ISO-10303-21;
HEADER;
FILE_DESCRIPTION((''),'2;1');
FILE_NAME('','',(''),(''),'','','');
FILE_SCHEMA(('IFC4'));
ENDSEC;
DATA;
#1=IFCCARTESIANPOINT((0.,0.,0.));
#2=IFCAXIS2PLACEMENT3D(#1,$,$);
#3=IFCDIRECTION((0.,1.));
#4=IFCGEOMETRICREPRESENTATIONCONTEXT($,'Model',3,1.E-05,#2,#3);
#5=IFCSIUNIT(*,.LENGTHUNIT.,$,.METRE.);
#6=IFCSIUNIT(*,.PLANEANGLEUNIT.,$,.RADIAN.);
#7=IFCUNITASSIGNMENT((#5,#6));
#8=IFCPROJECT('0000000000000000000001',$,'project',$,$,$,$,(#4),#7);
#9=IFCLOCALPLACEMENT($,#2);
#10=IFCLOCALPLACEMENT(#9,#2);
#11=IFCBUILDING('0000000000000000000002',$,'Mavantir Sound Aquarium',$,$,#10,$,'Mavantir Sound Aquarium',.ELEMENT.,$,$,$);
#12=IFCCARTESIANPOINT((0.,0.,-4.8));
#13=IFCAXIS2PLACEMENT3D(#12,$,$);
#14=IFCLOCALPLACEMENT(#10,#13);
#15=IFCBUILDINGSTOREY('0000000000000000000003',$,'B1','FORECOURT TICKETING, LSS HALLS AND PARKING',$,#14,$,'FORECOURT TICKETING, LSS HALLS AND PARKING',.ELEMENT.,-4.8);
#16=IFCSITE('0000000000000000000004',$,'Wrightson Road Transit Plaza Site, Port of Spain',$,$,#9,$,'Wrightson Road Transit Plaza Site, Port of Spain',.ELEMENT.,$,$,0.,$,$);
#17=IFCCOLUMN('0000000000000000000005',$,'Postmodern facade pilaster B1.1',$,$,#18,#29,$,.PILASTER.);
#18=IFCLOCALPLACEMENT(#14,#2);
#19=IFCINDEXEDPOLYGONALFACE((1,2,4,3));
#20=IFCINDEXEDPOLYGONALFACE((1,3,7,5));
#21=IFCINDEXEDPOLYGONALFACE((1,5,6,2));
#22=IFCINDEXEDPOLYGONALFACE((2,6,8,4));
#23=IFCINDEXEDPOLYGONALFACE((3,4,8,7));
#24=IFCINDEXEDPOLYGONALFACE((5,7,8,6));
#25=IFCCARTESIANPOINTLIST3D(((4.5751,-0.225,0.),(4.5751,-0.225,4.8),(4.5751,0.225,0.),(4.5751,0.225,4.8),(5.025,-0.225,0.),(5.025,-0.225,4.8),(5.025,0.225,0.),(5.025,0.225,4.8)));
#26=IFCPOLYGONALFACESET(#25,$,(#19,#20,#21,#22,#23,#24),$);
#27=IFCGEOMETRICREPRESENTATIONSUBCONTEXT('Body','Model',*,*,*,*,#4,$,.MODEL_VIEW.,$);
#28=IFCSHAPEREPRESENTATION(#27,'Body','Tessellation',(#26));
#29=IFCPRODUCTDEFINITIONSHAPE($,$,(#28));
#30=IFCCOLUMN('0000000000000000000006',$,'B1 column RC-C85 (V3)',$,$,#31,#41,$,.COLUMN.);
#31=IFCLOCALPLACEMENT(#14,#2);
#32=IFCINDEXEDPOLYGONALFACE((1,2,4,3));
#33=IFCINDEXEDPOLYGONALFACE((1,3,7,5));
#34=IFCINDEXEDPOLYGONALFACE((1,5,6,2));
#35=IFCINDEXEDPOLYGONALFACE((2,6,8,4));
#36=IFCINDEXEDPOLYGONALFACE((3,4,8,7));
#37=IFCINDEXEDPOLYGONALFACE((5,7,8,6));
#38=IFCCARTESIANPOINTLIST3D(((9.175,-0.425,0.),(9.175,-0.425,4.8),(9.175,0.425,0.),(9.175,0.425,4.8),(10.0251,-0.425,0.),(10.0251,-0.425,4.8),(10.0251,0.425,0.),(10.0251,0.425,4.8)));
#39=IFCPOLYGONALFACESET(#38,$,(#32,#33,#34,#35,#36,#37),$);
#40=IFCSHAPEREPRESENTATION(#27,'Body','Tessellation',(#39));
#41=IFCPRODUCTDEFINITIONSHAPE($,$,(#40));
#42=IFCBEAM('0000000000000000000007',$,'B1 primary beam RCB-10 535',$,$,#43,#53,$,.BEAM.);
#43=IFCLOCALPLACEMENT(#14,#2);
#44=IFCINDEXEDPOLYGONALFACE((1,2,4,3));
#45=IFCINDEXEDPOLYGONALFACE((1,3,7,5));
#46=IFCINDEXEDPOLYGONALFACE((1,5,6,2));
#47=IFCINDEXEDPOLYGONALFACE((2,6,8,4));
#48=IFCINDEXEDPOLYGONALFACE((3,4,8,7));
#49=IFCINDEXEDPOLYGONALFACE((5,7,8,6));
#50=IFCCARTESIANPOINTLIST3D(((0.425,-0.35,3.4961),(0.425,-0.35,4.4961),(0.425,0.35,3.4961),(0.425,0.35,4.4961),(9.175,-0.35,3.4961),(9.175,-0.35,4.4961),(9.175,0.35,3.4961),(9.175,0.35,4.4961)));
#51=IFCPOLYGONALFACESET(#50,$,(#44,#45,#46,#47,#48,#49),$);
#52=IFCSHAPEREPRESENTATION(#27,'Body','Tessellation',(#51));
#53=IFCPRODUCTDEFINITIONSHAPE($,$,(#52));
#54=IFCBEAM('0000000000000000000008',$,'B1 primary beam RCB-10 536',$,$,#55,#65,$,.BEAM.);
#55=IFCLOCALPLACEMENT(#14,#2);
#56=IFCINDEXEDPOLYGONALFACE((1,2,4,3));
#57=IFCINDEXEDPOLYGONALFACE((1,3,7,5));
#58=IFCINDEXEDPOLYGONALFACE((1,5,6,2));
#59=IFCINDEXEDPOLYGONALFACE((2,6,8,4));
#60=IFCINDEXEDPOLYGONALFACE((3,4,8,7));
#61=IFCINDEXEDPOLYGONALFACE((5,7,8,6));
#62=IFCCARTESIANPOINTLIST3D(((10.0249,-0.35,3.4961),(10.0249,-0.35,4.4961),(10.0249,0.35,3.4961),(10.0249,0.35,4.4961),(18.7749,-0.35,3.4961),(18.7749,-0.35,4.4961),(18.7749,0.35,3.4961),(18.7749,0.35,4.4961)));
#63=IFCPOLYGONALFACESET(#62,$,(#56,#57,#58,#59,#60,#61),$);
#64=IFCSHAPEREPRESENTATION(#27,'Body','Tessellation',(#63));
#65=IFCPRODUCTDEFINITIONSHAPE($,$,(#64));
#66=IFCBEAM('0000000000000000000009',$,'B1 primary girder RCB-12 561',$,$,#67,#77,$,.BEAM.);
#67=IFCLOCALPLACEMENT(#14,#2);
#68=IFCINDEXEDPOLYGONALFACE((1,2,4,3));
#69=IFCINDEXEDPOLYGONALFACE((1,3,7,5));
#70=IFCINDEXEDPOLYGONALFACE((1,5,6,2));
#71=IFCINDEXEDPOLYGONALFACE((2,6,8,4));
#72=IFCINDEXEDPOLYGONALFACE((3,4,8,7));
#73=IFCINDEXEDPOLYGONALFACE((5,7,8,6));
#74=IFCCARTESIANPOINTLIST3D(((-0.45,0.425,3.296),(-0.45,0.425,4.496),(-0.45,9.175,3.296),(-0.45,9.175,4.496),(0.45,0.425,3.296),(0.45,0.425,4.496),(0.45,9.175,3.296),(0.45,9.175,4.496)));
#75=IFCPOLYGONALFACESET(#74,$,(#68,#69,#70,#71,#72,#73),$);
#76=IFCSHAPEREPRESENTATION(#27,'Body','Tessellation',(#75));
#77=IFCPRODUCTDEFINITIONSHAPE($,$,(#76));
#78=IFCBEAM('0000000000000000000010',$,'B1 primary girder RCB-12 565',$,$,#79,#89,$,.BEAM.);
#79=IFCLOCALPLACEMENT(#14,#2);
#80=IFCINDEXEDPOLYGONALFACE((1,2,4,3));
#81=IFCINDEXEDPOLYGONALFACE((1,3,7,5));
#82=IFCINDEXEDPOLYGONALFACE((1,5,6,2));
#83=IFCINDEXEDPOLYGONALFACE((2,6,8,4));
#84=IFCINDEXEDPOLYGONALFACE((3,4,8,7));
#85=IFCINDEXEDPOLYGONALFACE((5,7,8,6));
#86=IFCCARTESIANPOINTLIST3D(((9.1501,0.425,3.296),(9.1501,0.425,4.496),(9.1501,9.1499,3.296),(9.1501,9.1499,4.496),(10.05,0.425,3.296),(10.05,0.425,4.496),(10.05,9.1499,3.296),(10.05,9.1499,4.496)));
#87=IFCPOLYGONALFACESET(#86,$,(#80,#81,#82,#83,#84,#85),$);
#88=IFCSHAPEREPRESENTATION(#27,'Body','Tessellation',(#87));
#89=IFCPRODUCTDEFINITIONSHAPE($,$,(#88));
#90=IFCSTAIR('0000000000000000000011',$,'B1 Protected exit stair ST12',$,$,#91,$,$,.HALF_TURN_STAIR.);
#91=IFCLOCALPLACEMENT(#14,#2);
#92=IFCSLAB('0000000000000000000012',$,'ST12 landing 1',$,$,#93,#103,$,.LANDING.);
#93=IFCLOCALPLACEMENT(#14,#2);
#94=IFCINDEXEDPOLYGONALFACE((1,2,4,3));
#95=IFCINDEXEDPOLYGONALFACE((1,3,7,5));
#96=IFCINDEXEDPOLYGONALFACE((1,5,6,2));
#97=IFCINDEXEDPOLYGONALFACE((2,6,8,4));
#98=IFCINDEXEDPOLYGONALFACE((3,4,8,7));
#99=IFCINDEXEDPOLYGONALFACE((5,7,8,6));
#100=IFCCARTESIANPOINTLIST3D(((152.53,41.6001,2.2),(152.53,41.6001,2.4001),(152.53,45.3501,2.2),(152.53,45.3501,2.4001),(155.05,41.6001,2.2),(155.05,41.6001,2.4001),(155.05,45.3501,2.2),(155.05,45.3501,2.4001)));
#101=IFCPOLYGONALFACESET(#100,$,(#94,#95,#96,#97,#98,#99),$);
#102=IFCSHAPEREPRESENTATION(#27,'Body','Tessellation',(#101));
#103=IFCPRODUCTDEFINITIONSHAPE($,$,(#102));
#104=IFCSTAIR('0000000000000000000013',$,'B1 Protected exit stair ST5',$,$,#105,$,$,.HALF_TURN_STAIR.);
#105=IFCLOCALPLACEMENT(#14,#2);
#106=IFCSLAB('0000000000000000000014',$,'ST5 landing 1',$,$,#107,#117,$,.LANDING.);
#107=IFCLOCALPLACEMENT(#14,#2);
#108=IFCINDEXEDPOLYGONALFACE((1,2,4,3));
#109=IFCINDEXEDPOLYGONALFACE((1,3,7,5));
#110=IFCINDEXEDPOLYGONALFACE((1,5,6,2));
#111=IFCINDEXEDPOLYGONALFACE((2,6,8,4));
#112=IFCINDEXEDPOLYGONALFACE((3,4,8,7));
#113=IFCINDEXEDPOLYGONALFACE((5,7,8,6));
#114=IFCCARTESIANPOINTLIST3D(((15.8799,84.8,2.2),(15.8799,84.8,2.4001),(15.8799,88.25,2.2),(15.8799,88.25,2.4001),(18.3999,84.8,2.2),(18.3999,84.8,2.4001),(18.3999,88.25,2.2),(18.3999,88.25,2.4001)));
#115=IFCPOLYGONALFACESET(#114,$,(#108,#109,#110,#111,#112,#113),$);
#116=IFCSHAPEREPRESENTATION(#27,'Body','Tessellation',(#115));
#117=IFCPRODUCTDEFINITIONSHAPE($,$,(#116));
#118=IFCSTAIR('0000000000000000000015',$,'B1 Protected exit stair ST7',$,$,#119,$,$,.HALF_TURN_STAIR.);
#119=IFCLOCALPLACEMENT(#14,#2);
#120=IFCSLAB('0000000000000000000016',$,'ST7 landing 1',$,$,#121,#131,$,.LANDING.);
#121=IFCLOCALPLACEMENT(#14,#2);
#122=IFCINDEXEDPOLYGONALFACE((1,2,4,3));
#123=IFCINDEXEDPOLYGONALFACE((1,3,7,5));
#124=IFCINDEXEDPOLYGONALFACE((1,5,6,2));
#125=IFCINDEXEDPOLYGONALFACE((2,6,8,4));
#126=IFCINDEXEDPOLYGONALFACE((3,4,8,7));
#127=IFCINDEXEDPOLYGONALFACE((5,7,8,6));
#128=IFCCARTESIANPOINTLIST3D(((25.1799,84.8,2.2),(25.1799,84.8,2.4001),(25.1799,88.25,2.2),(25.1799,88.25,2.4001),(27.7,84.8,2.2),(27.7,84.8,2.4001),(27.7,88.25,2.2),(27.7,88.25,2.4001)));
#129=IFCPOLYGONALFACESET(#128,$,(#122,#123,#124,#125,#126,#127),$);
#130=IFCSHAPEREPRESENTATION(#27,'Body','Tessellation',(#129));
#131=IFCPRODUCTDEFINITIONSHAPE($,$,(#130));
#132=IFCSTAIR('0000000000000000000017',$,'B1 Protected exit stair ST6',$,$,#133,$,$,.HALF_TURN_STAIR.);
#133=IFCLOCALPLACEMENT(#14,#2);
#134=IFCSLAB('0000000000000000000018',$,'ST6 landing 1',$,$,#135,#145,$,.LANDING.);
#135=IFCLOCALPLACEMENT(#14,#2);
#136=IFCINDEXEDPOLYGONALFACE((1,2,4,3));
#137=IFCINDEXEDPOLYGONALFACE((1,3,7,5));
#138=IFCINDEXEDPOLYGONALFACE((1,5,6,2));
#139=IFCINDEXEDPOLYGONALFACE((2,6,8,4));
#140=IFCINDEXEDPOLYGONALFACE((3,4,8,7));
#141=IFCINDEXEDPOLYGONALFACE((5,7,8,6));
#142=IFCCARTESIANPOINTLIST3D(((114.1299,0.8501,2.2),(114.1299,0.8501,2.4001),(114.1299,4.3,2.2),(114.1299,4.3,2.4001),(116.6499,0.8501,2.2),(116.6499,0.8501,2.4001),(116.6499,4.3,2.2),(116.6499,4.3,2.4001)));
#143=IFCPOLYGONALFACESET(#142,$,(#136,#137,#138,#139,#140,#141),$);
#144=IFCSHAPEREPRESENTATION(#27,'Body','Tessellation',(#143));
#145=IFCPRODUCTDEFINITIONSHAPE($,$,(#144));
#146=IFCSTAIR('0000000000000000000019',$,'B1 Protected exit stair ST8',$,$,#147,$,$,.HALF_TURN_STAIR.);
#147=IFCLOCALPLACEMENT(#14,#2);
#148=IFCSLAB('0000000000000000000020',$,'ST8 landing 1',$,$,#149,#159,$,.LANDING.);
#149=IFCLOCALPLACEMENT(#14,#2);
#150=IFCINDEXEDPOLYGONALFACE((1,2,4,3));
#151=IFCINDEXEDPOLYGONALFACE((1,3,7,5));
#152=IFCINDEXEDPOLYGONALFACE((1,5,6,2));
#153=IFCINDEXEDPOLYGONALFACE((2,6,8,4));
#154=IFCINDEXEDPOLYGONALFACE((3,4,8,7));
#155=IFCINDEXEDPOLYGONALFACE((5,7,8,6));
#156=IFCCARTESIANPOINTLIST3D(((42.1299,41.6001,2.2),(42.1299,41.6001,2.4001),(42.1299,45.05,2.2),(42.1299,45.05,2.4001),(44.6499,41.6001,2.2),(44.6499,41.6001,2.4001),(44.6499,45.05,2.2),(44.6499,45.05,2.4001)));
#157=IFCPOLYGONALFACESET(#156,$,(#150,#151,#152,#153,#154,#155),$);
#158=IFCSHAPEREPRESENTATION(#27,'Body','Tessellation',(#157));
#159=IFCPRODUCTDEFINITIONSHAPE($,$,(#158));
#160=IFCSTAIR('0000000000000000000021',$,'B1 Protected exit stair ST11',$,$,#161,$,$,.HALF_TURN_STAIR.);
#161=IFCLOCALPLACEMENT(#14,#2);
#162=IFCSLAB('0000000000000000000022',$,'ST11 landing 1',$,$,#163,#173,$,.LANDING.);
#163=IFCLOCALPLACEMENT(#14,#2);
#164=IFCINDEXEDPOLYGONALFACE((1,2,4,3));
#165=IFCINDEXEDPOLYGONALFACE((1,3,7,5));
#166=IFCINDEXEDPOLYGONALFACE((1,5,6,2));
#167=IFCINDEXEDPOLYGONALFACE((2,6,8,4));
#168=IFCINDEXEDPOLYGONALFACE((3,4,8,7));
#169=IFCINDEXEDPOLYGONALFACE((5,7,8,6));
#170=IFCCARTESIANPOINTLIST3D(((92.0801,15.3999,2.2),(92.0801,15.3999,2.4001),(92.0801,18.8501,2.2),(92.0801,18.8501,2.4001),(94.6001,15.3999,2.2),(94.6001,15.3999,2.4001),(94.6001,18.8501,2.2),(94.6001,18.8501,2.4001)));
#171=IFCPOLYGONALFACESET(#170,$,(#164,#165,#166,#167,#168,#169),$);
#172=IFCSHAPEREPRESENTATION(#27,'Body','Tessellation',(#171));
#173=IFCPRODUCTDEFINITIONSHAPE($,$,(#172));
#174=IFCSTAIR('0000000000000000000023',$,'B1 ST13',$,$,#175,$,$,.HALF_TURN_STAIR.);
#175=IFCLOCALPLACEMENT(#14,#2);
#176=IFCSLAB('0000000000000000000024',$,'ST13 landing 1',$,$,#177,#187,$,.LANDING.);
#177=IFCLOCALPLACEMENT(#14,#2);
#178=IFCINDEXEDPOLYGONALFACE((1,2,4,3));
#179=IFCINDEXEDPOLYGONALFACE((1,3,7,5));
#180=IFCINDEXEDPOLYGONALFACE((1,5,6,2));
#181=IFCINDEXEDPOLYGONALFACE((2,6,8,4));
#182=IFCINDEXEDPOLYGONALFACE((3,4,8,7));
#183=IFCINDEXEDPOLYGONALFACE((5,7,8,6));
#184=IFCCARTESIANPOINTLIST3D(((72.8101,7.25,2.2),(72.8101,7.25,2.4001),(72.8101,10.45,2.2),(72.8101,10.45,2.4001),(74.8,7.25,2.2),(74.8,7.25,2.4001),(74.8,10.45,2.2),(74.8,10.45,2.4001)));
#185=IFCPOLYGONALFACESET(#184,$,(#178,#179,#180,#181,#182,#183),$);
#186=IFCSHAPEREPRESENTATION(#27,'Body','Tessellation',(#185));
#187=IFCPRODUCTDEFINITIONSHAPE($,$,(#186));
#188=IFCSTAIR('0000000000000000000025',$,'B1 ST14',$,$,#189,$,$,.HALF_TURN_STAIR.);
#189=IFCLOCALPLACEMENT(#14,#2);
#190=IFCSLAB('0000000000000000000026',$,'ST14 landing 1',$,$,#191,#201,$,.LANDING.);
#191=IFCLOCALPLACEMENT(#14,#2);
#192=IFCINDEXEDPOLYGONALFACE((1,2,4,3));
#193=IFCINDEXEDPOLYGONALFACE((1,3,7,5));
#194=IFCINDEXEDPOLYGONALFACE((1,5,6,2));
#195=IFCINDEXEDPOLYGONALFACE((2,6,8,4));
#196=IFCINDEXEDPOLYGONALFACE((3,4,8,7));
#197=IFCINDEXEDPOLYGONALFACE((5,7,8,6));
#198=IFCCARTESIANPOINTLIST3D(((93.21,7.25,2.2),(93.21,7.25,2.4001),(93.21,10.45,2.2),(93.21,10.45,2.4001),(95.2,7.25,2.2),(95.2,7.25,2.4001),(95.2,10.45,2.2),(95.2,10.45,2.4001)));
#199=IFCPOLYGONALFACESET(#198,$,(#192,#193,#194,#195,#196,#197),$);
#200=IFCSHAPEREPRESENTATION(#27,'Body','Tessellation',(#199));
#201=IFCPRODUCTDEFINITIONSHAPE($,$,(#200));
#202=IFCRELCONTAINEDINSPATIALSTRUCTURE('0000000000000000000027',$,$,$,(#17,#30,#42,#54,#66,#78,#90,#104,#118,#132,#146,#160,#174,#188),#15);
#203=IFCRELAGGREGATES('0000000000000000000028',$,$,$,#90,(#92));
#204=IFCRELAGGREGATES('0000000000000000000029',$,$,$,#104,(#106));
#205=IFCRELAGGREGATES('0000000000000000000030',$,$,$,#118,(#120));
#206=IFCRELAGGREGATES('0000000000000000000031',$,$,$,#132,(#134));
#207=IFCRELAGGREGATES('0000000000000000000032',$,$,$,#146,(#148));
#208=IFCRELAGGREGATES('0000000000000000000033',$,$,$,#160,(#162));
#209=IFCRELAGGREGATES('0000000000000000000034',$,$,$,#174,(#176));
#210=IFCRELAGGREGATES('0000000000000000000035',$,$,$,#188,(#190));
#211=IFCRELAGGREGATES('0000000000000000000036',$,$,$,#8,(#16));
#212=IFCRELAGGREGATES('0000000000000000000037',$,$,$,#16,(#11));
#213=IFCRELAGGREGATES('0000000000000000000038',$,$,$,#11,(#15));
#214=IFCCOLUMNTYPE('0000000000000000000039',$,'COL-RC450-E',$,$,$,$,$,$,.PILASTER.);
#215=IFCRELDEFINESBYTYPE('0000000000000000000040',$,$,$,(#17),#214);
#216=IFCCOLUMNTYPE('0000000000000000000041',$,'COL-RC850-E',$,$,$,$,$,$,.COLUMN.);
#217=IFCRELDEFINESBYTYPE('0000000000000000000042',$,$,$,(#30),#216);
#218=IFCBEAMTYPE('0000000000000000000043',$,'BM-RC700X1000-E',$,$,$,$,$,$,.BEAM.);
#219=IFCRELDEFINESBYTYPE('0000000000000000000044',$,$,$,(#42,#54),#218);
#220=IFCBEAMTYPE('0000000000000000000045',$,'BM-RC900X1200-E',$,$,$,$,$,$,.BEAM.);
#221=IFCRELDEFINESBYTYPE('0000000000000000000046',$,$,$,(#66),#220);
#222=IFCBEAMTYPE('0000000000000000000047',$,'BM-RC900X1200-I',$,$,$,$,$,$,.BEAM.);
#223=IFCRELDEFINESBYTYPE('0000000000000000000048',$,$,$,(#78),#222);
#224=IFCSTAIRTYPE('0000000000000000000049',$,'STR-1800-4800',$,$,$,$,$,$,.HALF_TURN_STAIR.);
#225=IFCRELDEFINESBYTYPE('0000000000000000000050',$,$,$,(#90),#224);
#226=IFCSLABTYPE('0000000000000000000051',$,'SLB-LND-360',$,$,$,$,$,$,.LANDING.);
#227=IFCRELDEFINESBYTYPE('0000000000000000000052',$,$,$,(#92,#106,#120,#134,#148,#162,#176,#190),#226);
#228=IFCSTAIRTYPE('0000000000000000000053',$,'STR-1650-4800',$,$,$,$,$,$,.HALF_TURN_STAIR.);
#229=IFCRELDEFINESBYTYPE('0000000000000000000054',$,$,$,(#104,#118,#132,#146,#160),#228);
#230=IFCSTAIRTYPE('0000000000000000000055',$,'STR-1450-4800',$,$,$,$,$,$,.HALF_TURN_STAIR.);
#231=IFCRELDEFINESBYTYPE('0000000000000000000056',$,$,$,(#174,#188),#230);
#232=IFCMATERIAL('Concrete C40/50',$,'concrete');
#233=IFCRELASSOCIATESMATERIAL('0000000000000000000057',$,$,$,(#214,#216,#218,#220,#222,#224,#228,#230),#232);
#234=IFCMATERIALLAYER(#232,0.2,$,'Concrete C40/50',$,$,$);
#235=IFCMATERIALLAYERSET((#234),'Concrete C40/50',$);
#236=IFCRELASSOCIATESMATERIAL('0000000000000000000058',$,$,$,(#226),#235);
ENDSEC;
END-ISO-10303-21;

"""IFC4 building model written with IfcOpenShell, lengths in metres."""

from ifc_helpers import new_model, si_unit, direction, frame, origin, origin_2d, place, context, subcontext, project, spatial, polyline, rectangle, outline, extrude, material, layer, layer_set, material_profile, profile_set, type_object, element, aggregate, save


model = new_model("IFC4")

# Units and contexts
model_context = context("Model", 3, precision=1e-05, world=origin(), true_north=direction((0.0, 1.0)))
body_context = subcontext(model_context, "Body", "Model", "MODEL_VIEW")
ifc_project = project(units=[si_unit("LENGTHUNIT", "METRE"), si_unit("PLANEANGLEUNIT", "RADIAN")], contexts=[model_context])

# Site, building, storey
site_placement = place(None, origin())
site = spatial("IfcSite", under=ifc_project, at=site_placement, Name="Wrightson Road Transit Plaza Site, Port of Spain", LongName="Wrightson Road Transit Plaza Site, Port of Spain", CompositionType="ELEMENT", RefElevation=0.0)
building_placement = place(site_placement, origin())
building = spatial("IfcBuilding", under=site, at=building_placement, Name="Mavantir Sound Aquarium", LongName="Mavantir Sound Aquarium", CompositionType="ELEMENT")
storey_placement = place(building_placement, frame((0.0, 0.0, -4.8)))
storey = spatial("IfcBuildingStorey", under=building, at=storey_placement, Name="B1", Description="FORECOURT TICKETING, LSS HALLS AND PARKING", LongName="FORECOURT TICKETING, LSS HALLS AND PARKING", CompositionType="ELEMENT", Elevation=-4.8)

# Columns
ifc_material_1 = material(Name="Concrete C40/50", Category="concrete")
ifc_material_profile_1 = material_profile(ifc_material_1, rectangle(XDim=0.45, YDim=0.45, at=origin_2d()), Name="RC 450X450")
ifc_profile_set_1 = profile_set([ifc_material_profile_1], Name="Concrete C40/50")
column_type_1 = type_object("IfcColumnType", Name="COL-RC450-E", PredefinedType="PILASTER", material=ifc_profile_set_1)
column_1_placement = place(storey_placement, frame((4.8, 0.0, 0.0), z_axis=(0.0, 0.0, 1.0), x_axis=(1.0, 0.0, 0.0)))
element("IfcColumn", 1, at=column_1_placement, inside=storey, type_object=column_type_1, Name="Postmodern facade pilaster B1.1", PredefinedType="PILASTER", context=body_context, shape_type="SweptSolid", body=[
    extrude(rectangle(XDim=0.45, YDim=0.45, at=origin_2d()), origin(), (0.0, 0.0, 1.0), 4.8),
])
ifc_material_profile_2 = material_profile(ifc_material_1, rectangle(XDim=0.8501, YDim=0.8501, at=origin_2d()), Name="RC 850X850")
ifc_profile_set_2 = profile_set([ifc_material_profile_2], Name="Concrete C40/50")
column_type_2 = type_object("IfcColumnType", Name="COL-RC850-E", PredefinedType="COLUMN", material=ifc_profile_set_2)
column_2_placement = place(storey_placement, frame((9.6001, 0.0, 0.0), z_axis=(0.0, 0.0, 1.0), x_axis=(1.0, 0.0, 0.0)))
element("IfcColumn", 2, at=column_2_placement, inside=storey, type_object=column_type_2, Name="B1 column RC-C85 (V3)", PredefinedType="COLUMN", context=body_context, shape_type="SweptSolid", body=[
    extrude(rectangle(XDim=0.8501, YDim=0.8501, at=origin_2d()), origin(), (0.0, 0.0, 1.0), 4.8),
])

# Beams
ifc_material_profile_3 = material_profile(ifc_material_1, rectangle(XDim=0.7, YDim=1.0, at=origin_2d()), Name="RC 700X1000")
ifc_profile_set_3 = profile_set([ifc_material_profile_3], Name="Concrete C40/50")
beam_type_1 = type_object("IfcBeamType", Name="BM-RC700X1000-E", PredefinedType="BEAM", material=ifc_profile_set_3)
for number, where, z_axis, x_axis, name in (
    (3, (0.425, 0.0, 3.9961), (1.0, 0.0, 0.0), (0.0, 1.0, 0.0), "B1 primary beam RCB-10 535"),
    (4, (10.0249, 0.0, 3.9961), (1.0, 0.0, 0.0), (0.0, 1.0, 0.0), "B1 primary beam RCB-10 536"),
):
    element("IfcBeam", number, at=place(storey_placement, frame(where, z_axis=z_axis, x_axis=x_axis)), inside=storey, type_object=beam_type_1, Name=name, PredefinedType="BEAM", context=body_context, shape_type="SweptSolid", body=[
        extrude(rectangle(XDim=0.7, YDim=1.0, at=origin_2d()), origin(), (0.0, 0.0, 1.0), 8.75),
    ])
ifc_material_profile_4 = material_profile(ifc_material_1, rectangle(XDim=0.8999, YDim=1.2, at=origin_2d()), Name="RC 900X1200")
ifc_profile_set_4 = profile_set([ifc_material_profile_4], Name="Concrete C40/50")
beam_type_2 = type_object("IfcBeamType", Name="BM-RC900X1200-E", PredefinedType="BEAM", material=ifc_profile_set_4)
beam_1_placement = place(storey_placement, frame((0.0, 0.425, 3.896), z_axis=(0.0, 1.0, 0.0), x_axis=(-1.0, 0.0, 0.0)))
element("IfcBeam", 5, at=beam_1_placement, inside=storey, type_object=beam_type_2, Name="B1 primary girder RCB-12 561", PredefinedType="BEAM", context=body_context, shape_type="SweptSolid", body=[
    extrude(rectangle(XDim=0.8999, YDim=1.2, at=origin_2d()), origin(), (0.0, 0.0, 1.0), 8.75),
])
ifc_material_profile_5 = material_profile(ifc_material_1, rectangle(XDim=0.8999, YDim=1.2, at=origin_2d()), Name="RC 900X1200")
ifc_profile_set_5 = profile_set([ifc_material_profile_5], Name="Concrete C40/50")
beam_type_3 = type_object("IfcBeamType", Name="BM-RC900X1200-I", PredefinedType="BEAM", material=ifc_profile_set_5)
beam_2_placement = place(storey_placement, frame((9.6001, 0.425, 3.896), z_axis=(0.0, 1.0, 0.0), x_axis=(-1.0, 0.0, 0.0)))
element("IfcBeam", 6, at=beam_2_placement, inside=storey, type_object=beam_type_3, Name="B1 primary girder RCB-12 565", PredefinedType="BEAM", context=body_context, shape_type="SweptSolid", body=[
    extrude(rectangle(XDim=0.8999, YDim=1.2, at=origin_2d()), origin(), (0.0, 0.0, 1.0), 8.7249),
])

# Stairs, slabs
stair_type_1 = type_object("IfcStairType", Name="STR-1800-4800", PredefinedType="HALF_TURN_STAIR", material=ifc_material_1)
stair_1_placement = place(storey_placement, origin())
stair_1 = element("IfcStair", 7, at=stair_1_placement, inside=storey, type_object=stair_type_1, Name="B1 Protected exit stair ST12", PredefinedType="HALF_TURN_STAIR")
ifc_layer_1 = layer(ifc_material_1, 0.2, Name="Concrete C40/50")
ifc_layer_set_1 = layer_set([ifc_layer_1], Name="Concrete C40/50")
slab_type = type_object("IfcSlabType", Name="SLB-LND-360", PredefinedType="LANDING", material=ifc_layer_set_1)
slab_1_placement = place(storey_placement, frame((0.0, 0.0, 2.2)))
slab_1 = element("IfcSlab", 8, at=slab_1_placement, type_object=slab_type, Name="ST12 landing 1", PredefinedType="LANDING", context=body_context, shape_type="SweptSolid", body=[
    extrude(outline(polyline([(152.53, 41.6001), (155.05, 41.6001), (155.05, 45.3501), (152.53, 45.3501), (152.53, 41.6001)])), origin(), (0.0, 0.0, 1.0), 0.2002),
])
aggregate(stair_1, [slab_1])
stair_type_2 = type_object("IfcStairType", Name="STR-1650-4800", PredefinedType="HALF_TURN_STAIR", material=ifc_material_1)
stair_2_placement = place(storey_placement, origin())
stair_2 = element("IfcStair", 9, at=stair_2_placement, inside=storey, type_object=stair_type_2, Name="B1 Protected exit stair ST5", PredefinedType="HALF_TURN_STAIR")
slab_2_placement = place(storey_placement, frame((0.0, 0.0, 2.2)))
slab_2 = element("IfcSlab", 10, at=slab_2_placement, type_object=slab_type, Name="ST5 landing 1", PredefinedType="LANDING", context=body_context, shape_type="SweptSolid", body=[
    extrude(outline(polyline([(15.8799, 84.8), (18.3999, 84.8), (18.3999, 88.25), (15.8799, 88.25), (15.8799, 84.8)])), origin(), (0.0, 0.0, 1.0), 0.2002),
])
aggregate(stair_2, [slab_2])
stair_3_placement = place(storey_placement, origin())
stair_3 = element("IfcStair", 11, at=stair_3_placement, inside=storey, type_object=stair_type_2, Name="B1 Protected exit stair ST7", PredefinedType="HALF_TURN_STAIR")
slab_3_placement = place(storey_placement, frame((0.0, 0.0, 2.2)))
slab_3 = element("IfcSlab", 12, at=slab_3_placement, type_object=slab_type, Name="ST7 landing 1", PredefinedType="LANDING", context=body_context, shape_type="SweptSolid", body=[
    extrude(outline(polyline([(25.1799, 84.8), (27.7, 84.8), (27.7, 88.25), (25.1799, 88.25), (25.1799, 84.8)])), origin(), (0.0, 0.0, 1.0), 0.2002),
])
aggregate(stair_3, [slab_3])
stair_4_placement = place(storey_placement, origin())
stair_4 = element("IfcStair", 13, at=stair_4_placement, inside=storey, type_object=stair_type_2, Name="B1 Protected exit stair ST6", PredefinedType="HALF_TURN_STAIR")
slab_4_placement = place(storey_placement, frame((0.0, 0.0, 2.2)))
slab_4 = element("IfcSlab", 14, at=slab_4_placement, type_object=slab_type, Name="ST6 landing 1", PredefinedType="LANDING", context=body_context, shape_type="SweptSolid", body=[
    extrude(outline(polyline([(114.1299, 0.8501), (116.6499, 0.8501), (116.6499, 4.3), (114.1299, 4.3), (114.1299, 0.8501)])), origin(), (0.0, 0.0, 1.0), 0.2002),
])
aggregate(stair_4, [slab_4])
stair_5_placement = place(storey_placement, origin())
stair_5 = element("IfcStair", 15, at=stair_5_placement, inside=storey, type_object=stair_type_2, Name="B1 Protected exit stair ST8", PredefinedType="HALF_TURN_STAIR")
slab_5_placement = place(storey_placement, frame((0.0, 0.0, 2.2)))
slab_5 = element("IfcSlab", 16, at=slab_5_placement, type_object=slab_type, Name="ST8 landing 1", PredefinedType="LANDING", context=body_context, shape_type="SweptSolid", body=[
    extrude(outline(polyline([(42.1299, 41.6001), (44.6499, 41.6001), (44.6499, 45.05), (42.1299, 45.05), (42.1299, 41.6001)])), origin(), (0.0, 0.0, 1.0), 0.2002),
])
aggregate(stair_5, [slab_5])
stair_6_placement = place(storey_placement, origin())
stair_6 = element("IfcStair", 17, at=stair_6_placement, inside=storey, type_object=stair_type_2, Name="B1 Protected exit stair ST11", PredefinedType="HALF_TURN_STAIR")
slab_6_placement = place(storey_placement, frame((0.0, 0.0, 2.2)))
slab_6 = element("IfcSlab", 18, at=slab_6_placement, type_object=slab_type, Name="ST11 landing 1", PredefinedType="LANDING", context=body_context, shape_type="SweptSolid", body=[
    extrude(outline(polyline([(92.0801, 15.3999), (94.6001, 15.3999), (94.6001, 18.8501), (92.0801, 18.8501), (92.0801, 15.3999)])), origin(), (0.0, 0.0, 1.0), 0.2002),
])
aggregate(stair_6, [slab_6])
stair_type_3 = type_object("IfcStairType", Name="STR-1450-4800", PredefinedType="HALF_TURN_STAIR", material=ifc_material_1)
stair_7_placement = place(storey_placement, origin())
stair_7 = element("IfcStair", 19, at=stair_7_placement, inside=storey, type_object=stair_type_3, Name="B1 ST13", PredefinedType="HALF_TURN_STAIR")
slab_7_placement = place(storey_placement, frame((0.0, 0.0, 2.2)))
slab_7 = element("IfcSlab", 20, at=slab_7_placement, type_object=slab_type, Name="ST13 landing 1", PredefinedType="LANDING", context=body_context, shape_type="SweptSolid", body=[
    extrude(outline(polyline([(72.8101, 7.25), (74.8, 7.25), (74.8, 10.45), (72.8101, 10.45), (72.8101, 7.25)])), origin(), (0.0, 0.0, 1.0), 0.2002),
])
aggregate(stair_7, [slab_7])
stair_8_placement = place(storey_placement, origin())
stair_8 = element("IfcStair", 21, at=stair_8_placement, inside=storey, type_object=stair_type_3, Name="B1 ST14", PredefinedType="HALF_TURN_STAIR")
slab_8_placement = place(storey_placement, frame((0.0, 0.0, 2.2)))
slab_8 = element("IfcSlab", 22, at=slab_8_placement, type_object=slab_type, Name="ST14 landing 1", PredefinedType="LANDING", context=body_context, shape_type="SweptSolid", body=[
    extrude(outline(polyline([(93.21, 7.25), (95.2, 7.25), (95.2, 10.45), (93.21, 10.45), (93.21, 7.25)])), origin(), (0.0, 0.0, 1.0), 0.2002),
])
aggregate(stair_8, [slab_8])

save(model, "model.ifc")
